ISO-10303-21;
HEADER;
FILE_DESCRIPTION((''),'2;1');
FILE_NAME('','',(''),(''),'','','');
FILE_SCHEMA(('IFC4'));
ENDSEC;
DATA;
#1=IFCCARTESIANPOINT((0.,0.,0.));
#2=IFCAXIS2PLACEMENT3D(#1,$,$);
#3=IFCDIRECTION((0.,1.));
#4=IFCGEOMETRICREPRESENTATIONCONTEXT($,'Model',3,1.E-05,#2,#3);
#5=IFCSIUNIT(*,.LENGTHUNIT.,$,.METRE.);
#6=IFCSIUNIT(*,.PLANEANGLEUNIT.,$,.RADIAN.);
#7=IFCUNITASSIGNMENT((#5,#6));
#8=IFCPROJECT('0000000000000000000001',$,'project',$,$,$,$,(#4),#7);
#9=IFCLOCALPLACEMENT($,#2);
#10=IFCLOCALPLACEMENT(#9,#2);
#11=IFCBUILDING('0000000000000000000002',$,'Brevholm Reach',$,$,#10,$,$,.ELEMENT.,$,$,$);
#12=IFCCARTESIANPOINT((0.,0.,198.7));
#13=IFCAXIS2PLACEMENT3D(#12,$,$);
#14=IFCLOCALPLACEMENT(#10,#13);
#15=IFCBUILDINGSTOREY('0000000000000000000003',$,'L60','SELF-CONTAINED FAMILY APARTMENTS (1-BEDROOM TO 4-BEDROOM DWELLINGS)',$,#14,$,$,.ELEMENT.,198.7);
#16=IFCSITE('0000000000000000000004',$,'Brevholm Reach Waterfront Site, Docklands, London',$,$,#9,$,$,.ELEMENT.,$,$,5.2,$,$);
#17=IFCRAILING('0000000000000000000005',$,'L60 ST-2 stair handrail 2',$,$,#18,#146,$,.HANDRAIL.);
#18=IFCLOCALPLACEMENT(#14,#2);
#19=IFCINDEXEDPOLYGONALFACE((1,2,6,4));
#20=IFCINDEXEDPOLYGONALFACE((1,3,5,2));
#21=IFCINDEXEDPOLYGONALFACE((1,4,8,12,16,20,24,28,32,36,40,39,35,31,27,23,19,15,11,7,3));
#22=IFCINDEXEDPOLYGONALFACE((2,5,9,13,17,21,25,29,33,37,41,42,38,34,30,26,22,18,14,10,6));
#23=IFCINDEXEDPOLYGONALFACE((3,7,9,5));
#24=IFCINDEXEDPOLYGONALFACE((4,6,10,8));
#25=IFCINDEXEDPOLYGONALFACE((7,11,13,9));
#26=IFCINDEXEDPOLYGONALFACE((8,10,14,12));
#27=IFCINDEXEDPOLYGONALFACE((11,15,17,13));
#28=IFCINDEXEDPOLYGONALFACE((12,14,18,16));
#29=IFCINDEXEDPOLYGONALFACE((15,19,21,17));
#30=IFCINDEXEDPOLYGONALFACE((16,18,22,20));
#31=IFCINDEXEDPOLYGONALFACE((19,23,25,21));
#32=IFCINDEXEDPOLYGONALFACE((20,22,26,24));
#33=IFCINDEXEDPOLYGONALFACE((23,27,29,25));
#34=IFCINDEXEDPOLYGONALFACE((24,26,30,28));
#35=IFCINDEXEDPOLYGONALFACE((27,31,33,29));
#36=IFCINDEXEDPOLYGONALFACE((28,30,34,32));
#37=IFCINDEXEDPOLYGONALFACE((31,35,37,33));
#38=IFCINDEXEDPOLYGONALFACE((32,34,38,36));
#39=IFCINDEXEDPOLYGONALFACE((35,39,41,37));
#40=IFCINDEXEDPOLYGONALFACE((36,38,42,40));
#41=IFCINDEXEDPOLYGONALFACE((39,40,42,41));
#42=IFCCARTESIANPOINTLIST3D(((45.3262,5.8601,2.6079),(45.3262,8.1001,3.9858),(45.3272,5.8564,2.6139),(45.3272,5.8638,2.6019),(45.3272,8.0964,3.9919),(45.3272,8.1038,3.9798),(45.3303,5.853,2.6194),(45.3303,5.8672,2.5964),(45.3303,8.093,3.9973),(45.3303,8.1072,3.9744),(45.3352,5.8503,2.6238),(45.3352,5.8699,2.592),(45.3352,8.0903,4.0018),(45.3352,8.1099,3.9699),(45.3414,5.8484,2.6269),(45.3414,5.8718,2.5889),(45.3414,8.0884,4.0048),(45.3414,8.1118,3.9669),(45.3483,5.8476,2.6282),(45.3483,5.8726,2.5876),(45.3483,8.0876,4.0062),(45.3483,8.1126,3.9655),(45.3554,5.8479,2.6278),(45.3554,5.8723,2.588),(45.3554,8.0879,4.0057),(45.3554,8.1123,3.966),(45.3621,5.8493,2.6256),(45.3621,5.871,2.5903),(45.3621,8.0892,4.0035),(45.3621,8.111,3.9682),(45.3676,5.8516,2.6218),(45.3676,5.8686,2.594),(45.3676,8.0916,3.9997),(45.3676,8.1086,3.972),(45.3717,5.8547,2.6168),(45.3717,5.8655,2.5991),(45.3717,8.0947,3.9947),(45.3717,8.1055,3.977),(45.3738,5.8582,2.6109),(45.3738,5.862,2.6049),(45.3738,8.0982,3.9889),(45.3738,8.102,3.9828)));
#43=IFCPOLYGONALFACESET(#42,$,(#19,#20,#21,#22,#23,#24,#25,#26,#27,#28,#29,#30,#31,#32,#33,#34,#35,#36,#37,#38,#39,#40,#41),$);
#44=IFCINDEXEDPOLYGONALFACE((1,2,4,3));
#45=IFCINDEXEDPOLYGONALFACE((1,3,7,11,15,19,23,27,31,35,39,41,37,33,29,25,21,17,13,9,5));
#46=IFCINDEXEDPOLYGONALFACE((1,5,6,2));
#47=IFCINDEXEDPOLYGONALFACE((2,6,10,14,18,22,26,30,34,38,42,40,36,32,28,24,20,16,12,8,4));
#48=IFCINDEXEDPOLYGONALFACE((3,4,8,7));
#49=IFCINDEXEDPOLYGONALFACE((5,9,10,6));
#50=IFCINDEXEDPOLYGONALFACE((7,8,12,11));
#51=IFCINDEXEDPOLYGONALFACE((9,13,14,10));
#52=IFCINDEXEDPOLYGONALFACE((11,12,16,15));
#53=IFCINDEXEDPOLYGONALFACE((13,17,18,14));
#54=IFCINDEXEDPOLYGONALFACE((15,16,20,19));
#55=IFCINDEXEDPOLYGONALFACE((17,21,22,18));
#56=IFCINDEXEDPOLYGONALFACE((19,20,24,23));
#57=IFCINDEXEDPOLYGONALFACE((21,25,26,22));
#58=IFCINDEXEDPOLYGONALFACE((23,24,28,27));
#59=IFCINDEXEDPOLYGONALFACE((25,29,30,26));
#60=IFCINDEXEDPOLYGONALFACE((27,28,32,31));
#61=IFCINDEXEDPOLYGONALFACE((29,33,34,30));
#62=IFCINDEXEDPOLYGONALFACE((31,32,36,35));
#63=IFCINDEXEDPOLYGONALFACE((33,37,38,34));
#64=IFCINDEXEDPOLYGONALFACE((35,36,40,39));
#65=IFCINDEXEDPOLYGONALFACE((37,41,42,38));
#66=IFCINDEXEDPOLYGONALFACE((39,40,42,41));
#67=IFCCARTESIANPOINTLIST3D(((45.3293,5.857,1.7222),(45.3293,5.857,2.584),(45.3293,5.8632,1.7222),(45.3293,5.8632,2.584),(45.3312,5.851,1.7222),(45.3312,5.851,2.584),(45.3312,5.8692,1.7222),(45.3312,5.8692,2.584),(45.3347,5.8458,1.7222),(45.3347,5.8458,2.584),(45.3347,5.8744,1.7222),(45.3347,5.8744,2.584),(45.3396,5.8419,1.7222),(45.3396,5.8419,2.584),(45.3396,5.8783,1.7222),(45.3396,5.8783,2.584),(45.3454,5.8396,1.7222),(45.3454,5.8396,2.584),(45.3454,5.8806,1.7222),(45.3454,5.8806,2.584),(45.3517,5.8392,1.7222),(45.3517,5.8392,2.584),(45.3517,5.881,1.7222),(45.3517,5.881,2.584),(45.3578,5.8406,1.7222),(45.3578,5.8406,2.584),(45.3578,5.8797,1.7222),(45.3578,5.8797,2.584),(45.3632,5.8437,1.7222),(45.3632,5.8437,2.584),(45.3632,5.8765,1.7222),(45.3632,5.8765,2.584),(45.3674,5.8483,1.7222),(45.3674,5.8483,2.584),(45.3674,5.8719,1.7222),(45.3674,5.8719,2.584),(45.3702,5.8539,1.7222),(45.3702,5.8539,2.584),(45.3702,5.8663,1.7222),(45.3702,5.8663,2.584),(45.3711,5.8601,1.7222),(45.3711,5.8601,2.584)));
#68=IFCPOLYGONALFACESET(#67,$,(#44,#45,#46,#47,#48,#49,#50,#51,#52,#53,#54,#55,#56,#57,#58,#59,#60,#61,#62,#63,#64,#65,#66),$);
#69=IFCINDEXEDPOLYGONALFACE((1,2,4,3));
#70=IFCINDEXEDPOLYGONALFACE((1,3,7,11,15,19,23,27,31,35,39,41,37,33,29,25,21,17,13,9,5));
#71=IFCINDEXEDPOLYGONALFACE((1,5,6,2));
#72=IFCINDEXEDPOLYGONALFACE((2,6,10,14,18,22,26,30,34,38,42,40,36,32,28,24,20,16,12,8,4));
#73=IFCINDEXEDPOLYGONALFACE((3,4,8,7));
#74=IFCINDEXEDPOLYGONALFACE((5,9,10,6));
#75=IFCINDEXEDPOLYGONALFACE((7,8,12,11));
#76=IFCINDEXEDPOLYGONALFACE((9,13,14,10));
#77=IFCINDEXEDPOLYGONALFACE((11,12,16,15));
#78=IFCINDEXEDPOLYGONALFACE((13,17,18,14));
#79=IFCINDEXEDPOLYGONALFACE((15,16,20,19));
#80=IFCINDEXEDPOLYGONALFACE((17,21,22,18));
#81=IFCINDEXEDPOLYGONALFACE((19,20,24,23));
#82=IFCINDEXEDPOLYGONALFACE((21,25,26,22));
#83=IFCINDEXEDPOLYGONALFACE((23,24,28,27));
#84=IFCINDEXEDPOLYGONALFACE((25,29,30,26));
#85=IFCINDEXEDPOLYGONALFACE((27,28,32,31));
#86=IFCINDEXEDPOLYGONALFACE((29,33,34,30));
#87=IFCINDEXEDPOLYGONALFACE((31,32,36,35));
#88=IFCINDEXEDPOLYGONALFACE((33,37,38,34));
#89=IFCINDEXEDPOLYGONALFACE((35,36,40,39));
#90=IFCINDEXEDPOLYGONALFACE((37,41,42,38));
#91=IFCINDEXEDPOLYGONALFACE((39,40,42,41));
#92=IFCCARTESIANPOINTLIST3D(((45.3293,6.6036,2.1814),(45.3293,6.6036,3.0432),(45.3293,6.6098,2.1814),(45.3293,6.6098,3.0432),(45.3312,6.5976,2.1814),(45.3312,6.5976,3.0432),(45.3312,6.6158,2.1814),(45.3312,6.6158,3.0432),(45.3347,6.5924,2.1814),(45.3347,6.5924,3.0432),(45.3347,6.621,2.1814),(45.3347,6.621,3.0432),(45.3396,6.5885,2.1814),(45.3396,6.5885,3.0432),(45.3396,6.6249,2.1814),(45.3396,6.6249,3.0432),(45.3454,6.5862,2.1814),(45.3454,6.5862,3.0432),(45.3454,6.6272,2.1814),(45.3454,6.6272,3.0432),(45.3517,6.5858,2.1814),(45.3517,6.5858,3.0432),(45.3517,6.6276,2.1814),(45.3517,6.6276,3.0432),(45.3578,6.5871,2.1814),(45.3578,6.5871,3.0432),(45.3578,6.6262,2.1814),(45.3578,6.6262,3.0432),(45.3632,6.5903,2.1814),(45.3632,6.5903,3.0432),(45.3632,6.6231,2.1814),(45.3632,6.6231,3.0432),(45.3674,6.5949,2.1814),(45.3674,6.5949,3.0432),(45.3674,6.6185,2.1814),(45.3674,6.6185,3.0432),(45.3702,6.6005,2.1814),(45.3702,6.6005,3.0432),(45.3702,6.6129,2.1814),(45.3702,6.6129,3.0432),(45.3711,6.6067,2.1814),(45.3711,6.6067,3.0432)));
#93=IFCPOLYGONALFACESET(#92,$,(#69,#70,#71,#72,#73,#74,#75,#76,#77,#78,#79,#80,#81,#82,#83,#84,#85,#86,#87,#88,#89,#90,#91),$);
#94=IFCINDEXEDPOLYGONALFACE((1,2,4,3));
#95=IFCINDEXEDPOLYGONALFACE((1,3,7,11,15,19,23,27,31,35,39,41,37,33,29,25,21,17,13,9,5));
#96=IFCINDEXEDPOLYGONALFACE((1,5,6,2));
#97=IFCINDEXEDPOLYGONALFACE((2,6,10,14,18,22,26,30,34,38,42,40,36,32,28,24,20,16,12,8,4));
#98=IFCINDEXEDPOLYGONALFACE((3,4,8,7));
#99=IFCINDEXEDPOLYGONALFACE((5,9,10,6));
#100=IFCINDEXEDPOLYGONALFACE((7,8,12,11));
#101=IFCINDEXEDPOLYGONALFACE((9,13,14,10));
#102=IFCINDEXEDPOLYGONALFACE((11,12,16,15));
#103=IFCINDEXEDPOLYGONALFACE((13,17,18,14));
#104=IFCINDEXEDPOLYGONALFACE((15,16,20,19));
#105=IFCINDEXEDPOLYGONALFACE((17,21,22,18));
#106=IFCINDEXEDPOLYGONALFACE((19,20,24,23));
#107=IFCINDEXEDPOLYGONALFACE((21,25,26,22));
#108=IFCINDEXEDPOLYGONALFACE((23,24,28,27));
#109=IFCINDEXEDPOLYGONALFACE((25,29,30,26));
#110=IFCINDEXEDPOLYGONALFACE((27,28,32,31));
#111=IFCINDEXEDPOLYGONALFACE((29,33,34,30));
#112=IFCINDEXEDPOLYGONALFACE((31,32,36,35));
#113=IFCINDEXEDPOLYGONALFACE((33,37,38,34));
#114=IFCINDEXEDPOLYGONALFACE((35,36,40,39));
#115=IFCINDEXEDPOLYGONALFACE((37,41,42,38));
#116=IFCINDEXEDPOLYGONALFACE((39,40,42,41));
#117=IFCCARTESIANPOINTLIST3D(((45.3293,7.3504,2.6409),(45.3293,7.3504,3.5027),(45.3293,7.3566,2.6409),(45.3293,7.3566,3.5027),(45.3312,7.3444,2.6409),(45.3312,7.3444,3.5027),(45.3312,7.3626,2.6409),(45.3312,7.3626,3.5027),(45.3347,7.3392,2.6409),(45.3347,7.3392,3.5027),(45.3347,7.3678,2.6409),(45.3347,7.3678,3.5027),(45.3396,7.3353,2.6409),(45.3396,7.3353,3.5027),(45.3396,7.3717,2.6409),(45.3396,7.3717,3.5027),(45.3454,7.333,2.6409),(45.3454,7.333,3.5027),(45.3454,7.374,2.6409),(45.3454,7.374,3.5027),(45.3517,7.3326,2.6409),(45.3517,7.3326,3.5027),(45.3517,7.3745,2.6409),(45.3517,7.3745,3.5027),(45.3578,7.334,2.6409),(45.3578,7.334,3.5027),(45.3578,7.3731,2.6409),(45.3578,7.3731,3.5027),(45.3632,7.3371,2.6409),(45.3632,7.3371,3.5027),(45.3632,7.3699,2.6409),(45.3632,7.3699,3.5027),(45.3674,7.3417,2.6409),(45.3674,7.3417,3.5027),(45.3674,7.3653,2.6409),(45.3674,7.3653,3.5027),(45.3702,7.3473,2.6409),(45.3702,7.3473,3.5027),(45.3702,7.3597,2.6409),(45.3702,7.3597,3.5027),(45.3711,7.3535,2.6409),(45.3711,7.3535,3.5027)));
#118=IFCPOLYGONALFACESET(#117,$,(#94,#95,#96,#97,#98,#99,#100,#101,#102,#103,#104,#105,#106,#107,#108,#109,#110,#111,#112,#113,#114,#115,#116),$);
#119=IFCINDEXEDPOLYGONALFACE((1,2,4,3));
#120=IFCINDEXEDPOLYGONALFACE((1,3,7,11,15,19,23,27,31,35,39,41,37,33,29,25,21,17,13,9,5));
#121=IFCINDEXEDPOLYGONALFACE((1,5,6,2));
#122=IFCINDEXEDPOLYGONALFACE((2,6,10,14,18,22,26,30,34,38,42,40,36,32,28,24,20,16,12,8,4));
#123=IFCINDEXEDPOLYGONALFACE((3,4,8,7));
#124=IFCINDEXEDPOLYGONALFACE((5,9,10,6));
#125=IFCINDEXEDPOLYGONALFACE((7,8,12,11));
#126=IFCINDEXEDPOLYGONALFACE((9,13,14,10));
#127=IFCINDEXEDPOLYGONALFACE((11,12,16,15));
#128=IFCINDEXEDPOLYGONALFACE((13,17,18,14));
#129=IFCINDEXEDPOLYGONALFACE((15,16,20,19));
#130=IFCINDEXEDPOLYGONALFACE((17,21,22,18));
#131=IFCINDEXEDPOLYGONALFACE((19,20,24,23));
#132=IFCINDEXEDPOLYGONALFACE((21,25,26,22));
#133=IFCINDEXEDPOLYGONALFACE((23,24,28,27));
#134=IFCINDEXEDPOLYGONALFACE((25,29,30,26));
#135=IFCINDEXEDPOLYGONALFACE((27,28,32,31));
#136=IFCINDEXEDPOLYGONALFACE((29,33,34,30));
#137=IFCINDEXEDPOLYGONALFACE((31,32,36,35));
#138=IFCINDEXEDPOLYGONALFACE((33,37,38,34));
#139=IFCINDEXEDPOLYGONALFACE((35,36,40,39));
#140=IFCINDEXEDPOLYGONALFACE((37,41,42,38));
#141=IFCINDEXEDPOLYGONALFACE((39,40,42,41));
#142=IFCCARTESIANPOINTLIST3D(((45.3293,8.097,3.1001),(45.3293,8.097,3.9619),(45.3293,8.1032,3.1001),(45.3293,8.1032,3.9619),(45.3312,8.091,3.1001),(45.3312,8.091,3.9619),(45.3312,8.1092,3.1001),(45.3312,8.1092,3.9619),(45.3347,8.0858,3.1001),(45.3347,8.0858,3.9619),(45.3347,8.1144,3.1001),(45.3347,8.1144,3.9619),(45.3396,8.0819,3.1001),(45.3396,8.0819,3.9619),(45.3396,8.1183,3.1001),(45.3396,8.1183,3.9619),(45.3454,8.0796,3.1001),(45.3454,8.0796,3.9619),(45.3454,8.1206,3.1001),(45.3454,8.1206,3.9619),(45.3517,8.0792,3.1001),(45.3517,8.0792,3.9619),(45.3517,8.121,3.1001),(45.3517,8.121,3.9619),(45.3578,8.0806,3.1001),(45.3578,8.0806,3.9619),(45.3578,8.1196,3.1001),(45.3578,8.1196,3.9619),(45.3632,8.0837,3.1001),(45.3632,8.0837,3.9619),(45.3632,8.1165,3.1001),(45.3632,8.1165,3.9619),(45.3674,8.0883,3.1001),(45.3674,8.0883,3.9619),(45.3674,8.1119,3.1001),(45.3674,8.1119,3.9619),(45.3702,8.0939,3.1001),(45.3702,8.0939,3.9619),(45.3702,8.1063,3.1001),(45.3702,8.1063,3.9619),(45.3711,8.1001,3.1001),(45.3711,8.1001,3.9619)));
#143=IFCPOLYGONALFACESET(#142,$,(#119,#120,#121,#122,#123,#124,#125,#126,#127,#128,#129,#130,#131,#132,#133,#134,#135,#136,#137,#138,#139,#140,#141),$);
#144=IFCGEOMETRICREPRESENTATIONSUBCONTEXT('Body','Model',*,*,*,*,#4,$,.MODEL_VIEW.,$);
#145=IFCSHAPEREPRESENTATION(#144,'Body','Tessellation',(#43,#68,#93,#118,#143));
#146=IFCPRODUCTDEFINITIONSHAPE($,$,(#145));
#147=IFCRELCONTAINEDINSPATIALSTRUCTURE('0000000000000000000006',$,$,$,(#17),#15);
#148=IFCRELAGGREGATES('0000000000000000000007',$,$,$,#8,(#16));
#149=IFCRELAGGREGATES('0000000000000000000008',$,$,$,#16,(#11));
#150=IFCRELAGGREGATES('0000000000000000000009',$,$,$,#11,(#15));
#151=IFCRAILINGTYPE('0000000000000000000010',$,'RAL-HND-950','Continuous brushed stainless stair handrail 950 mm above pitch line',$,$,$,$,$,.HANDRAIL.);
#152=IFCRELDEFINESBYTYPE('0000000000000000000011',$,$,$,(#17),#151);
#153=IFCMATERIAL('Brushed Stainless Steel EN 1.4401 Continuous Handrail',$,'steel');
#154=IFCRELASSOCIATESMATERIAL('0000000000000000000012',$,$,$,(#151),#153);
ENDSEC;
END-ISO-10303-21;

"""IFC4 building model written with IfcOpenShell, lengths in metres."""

from ifc_helpers import new_model, si_unit, direction, frame, origin, origin_2d, place, context, subcontext, project, spatial, circle, extrude, material, type_object, element, save


model = new_model("IFC4")

# Units and contexts
model_context = context("Model", 3, precision=1e-05, world=origin(), true_north=direction((0.0, 1.0)))
body_context = subcontext(model_context, "Body", "Model", "MODEL_VIEW")
ifc_project = project(units=[si_unit("LENGTHUNIT", "METRE"), si_unit("PLANEANGLEUNIT", "RADIAN")], contexts=[model_context])

# Site, building, storey
site_placement = place(None, origin())
site = spatial("IfcSite", under=ifc_project, at=site_placement, Name="Brevholm Reach Waterfront Site, Docklands, London", CompositionType="ELEMENT", RefElevation=5.2)
building_placement = place(site_placement, origin())
building = spatial("IfcBuilding", under=site, at=building_placement, Name="Brevholm Reach", CompositionType="ELEMENT")
storey_placement = place(building_placement, frame((0.0, 0.0, 198.7)))
storey = spatial("IfcBuildingStorey", under=building, at=storey_placement, Name="L60", Description="SELF-CONTAINED FAMILY APARTMENTS (1-BEDROOM TO 4-BEDROOM DWELLINGS)", CompositionType="ELEMENT", Elevation=198.7)

# Railing
ifc_material_1 = material(Name="Brushed Stainless Steel EN 1.4401 Continuous Handrail", Category="steel")
railing_type_1 = type_object("IfcRailingType", Name="RAL-HND-950", Description="Continuous brushed stainless stair handrail 950 mm above pitch line", PredefinedType="HANDRAIL", material=ifc_material_1)
railing_1_placement = place(storey_placement, frame((45.3501, 5.8601, 1.7222)))
element("IfcRailing", 1, at=railing_1_placement, inside=storey, type_object=railing_type_1, Name="L60 ST-2 stair handrail 2", PredefinedType="HANDRAIL", context=body_context, shape_type="SweptSolid", body=[
    extrude(circle(Radius=0.0239, at=origin_2d()), frame((0.0, 0.0, 0.8857), z_axis=(0.0, 0.851748, 0.523952), x_axis=(-1.0, 0.0, 0.0)), (0.0, 0.0, 1.0), 2.6299),
    extrude(circle(Radius=0.021, at=origin_2d()), origin(), (0.0, 0.0, 1.0), 0.8618),
    extrude(circle(Radius=0.021, at=origin_2d()), frame((0.0, 0.7466, 0.4592)), (0.0, 0.0, 1.0), 0.8618),
    extrude(circle(Radius=0.021, at=origin_2d()), frame((0.0, 1.4934, 0.9187)), (0.0, 0.0, 1.0), 0.8618),
    extrude(circle(Radius=0.021, at=origin_2d()), frame((0.0, 2.24, 1.3779)), (0.0, 0.0, 1.0), 0.8618),
])

save(model, "model.ifc")
